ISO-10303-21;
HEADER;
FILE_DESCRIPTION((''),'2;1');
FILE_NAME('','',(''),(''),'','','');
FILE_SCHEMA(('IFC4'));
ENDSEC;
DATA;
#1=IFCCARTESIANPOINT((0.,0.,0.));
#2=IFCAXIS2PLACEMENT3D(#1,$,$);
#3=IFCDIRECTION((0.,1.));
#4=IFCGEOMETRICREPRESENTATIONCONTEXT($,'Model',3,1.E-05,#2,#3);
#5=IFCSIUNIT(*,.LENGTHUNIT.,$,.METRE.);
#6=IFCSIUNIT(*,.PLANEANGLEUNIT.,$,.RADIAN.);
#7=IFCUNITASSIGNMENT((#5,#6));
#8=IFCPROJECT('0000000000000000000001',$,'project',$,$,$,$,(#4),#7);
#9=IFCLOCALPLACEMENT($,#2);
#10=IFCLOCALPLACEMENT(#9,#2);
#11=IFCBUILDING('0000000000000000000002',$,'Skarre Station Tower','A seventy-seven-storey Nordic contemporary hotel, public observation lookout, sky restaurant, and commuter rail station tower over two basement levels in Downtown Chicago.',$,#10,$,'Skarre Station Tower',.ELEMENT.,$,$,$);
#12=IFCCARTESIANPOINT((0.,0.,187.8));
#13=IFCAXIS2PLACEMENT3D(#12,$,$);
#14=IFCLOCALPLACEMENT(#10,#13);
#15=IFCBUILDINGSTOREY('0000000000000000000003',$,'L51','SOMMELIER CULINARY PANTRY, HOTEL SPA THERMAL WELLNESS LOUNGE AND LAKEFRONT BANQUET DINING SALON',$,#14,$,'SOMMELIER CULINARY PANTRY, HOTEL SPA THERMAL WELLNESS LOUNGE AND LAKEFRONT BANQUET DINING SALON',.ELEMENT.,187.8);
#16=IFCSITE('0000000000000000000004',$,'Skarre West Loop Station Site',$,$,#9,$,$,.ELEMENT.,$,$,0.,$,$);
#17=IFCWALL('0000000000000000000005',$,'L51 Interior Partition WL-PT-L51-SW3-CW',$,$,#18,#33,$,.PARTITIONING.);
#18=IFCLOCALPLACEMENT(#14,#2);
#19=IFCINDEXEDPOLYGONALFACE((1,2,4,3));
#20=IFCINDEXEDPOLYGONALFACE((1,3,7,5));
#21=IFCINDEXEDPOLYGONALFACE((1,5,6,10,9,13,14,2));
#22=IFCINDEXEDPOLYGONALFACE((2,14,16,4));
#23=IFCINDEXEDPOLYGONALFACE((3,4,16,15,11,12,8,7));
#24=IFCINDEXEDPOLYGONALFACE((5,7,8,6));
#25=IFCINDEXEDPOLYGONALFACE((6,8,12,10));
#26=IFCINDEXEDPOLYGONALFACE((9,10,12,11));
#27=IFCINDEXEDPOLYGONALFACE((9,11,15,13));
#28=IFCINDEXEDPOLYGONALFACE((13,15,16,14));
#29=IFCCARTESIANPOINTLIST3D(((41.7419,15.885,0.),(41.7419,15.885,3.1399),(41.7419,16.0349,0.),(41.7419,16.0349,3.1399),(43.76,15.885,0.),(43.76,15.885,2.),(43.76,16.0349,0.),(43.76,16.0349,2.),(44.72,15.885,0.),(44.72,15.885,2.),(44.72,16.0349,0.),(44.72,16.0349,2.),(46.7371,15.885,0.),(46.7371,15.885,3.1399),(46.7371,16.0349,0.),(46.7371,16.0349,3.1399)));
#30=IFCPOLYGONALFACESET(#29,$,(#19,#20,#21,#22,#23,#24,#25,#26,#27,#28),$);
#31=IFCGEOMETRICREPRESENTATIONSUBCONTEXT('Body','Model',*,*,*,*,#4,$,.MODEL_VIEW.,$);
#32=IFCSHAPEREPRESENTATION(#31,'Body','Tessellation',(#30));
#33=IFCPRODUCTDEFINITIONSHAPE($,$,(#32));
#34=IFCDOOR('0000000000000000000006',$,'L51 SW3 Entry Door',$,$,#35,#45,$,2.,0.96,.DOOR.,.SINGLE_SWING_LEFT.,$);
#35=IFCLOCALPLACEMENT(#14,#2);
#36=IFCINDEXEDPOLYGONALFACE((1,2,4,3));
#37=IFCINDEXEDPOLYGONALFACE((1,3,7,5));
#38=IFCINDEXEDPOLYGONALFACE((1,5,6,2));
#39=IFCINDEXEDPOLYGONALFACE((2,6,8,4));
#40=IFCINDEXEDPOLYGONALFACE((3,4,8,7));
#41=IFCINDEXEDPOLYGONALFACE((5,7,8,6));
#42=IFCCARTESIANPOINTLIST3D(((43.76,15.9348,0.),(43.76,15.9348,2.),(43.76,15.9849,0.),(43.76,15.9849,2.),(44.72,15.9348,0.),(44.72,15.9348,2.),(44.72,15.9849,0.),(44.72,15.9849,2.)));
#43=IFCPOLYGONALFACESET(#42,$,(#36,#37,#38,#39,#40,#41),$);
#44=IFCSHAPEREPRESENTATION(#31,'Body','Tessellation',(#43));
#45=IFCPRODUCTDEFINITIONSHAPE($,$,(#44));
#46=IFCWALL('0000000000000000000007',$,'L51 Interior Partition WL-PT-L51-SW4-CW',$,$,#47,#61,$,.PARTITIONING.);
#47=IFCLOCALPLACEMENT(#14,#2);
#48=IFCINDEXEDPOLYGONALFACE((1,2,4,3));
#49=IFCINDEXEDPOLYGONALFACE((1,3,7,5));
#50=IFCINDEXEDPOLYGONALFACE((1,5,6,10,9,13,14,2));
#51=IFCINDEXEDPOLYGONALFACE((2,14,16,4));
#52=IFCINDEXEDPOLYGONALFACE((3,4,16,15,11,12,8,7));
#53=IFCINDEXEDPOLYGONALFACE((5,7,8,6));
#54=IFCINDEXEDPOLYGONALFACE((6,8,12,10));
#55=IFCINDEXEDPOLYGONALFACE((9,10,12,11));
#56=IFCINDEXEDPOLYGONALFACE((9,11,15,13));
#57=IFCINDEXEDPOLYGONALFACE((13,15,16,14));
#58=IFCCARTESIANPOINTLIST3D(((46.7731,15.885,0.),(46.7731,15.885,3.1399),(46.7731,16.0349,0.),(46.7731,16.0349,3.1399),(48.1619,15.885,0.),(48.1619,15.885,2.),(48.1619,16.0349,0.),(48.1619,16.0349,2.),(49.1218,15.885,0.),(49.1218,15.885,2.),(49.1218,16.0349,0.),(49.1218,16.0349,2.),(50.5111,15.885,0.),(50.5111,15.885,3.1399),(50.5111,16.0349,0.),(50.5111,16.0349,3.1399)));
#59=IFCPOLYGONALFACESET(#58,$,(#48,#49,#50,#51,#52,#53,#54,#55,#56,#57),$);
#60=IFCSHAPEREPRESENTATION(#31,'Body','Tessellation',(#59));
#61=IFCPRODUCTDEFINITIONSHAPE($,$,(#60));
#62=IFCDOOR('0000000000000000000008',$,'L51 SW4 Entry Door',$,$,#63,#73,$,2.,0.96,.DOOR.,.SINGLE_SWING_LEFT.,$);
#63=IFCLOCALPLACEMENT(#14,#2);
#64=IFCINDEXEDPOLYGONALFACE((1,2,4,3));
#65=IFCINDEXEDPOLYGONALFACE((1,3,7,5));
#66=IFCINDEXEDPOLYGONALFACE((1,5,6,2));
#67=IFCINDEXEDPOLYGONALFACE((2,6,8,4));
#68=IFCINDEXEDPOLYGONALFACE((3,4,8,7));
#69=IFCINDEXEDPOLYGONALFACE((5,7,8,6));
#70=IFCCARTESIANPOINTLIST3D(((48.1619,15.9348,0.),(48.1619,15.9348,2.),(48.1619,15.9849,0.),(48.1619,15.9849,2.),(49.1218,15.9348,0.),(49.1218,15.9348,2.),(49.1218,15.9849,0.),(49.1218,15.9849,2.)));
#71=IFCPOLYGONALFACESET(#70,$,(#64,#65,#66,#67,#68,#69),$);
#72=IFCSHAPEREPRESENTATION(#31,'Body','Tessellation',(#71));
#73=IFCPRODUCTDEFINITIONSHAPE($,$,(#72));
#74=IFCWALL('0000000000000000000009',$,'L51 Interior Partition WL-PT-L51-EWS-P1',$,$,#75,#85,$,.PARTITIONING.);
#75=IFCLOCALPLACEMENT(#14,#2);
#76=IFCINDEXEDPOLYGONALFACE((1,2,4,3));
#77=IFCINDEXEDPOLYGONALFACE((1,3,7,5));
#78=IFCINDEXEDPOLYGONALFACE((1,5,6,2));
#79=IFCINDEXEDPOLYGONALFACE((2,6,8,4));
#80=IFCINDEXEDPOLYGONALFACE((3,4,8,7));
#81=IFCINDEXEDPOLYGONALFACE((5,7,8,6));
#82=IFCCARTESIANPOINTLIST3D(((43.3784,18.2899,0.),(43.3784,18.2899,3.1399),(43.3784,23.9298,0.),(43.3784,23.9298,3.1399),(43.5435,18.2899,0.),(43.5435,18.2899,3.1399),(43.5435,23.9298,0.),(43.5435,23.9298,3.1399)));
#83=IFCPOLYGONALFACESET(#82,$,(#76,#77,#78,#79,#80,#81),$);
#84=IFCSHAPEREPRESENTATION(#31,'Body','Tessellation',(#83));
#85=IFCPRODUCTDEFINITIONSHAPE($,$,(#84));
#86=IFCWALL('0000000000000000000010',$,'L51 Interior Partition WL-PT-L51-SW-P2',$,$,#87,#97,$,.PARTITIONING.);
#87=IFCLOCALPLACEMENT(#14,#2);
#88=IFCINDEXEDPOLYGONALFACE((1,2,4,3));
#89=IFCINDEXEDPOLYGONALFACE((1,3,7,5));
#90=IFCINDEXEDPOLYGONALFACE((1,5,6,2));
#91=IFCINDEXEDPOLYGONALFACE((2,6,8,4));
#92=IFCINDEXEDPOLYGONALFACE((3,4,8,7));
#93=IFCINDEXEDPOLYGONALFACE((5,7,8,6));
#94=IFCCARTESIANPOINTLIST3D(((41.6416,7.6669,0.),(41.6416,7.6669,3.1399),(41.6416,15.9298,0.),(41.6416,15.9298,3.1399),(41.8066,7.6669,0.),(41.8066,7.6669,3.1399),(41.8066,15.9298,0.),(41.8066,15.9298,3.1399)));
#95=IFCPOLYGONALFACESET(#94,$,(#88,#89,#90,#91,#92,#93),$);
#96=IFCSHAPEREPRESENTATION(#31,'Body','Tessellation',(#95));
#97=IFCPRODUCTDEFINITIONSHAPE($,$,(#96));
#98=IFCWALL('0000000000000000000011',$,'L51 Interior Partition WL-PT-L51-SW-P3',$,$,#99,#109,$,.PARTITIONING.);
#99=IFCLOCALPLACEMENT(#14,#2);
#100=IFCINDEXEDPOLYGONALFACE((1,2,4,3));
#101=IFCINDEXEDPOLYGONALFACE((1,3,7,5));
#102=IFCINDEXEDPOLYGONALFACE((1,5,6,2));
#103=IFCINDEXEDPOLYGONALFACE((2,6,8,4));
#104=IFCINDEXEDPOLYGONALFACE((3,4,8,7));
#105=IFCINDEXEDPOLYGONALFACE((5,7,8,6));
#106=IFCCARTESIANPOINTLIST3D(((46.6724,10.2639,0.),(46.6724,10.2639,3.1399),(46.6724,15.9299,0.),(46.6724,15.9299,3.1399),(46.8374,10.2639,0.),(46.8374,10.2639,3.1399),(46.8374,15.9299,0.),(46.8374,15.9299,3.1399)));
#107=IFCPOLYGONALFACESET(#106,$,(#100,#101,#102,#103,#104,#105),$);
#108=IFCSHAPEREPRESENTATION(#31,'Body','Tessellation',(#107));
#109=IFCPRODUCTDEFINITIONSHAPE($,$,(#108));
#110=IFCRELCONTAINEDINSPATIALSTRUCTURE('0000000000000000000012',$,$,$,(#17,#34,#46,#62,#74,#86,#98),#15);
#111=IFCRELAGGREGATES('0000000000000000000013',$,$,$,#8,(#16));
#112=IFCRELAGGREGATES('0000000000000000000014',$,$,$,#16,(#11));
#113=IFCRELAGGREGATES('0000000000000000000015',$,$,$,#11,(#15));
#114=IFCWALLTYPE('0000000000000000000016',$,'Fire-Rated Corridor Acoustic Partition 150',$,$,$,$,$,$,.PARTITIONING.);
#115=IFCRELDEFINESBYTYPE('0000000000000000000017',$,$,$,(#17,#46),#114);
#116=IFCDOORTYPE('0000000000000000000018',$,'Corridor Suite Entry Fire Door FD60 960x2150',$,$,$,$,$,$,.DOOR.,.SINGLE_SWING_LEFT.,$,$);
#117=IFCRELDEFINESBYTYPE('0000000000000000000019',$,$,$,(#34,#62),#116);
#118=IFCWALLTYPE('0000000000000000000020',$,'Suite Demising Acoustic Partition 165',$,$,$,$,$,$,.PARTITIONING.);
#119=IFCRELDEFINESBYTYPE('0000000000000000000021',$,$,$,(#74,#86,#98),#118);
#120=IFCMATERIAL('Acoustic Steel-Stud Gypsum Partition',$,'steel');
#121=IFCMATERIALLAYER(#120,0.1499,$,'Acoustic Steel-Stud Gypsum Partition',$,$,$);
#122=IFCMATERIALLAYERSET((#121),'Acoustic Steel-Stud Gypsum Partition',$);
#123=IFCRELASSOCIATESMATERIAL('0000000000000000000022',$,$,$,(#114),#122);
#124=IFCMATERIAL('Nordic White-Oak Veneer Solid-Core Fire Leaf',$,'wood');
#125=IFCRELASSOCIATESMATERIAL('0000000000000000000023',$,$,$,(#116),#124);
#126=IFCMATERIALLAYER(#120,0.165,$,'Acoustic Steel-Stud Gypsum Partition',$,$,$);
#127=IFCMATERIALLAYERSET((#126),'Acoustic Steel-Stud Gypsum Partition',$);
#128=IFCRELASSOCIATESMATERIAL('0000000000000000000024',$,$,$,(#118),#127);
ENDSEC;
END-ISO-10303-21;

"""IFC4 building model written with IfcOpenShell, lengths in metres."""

from ifc_helpers import new_model, si_unit, direction, frame, frame_2d, origin, place, context, subcontext, project, spatial, rectangle, extrude, material, layer, layer_set, type_object, element, fill, save


model = new_model("IFC4")

# Units and contexts
model_context = context("Model", 3, precision=1e-05, world=origin(), true_north=direction((0.0, 1.0)))
body_context = subcontext(model_context, "Body", "Model", "MODEL_VIEW")
ifc_project = project(units=[si_unit("LENGTHUNIT", "METRE"), si_unit("PLANEANGLEUNIT", "RADIAN")], contexts=[model_context])

# Site, building, storey
site_placement = place(None, origin())
site = spatial("IfcSite", under=ifc_project, at=site_placement, Name="Skarre West Loop Station Site", CompositionType="ELEMENT", RefElevation=0.0)
building_placement = place(site_placement, origin())
building = spatial("IfcBuilding", under=site, at=building_placement, Name="Skarre Station Tower", Description="A seventy-seven-storey Nordic contemporary hotel, public observation lookout, sky restaurant, and commuter rail station tower over two basement levels in Downtown Chicago.", LongName="Skarre Station Tower", CompositionType="ELEMENT")
storey_placement = place(building_placement, frame((0.0, 0.0, 187.8)))
storey = spatial("IfcBuildingStorey", under=building, at=storey_placement, Name="L51", Description="SOMMELIER CULINARY PANTRY, HOTEL SPA THERMAL WELLNESS LOUNGE AND LAKEFRONT BANQUET DINING SALON", LongName="SOMMELIER CULINARY PANTRY, HOTEL SPA THERMAL WELLNESS LOUNGE AND LAKEFRONT BANQUET DINING SALON", CompositionType="ELEMENT", Elevation=187.8)

# Shared definitions
ifc_material_1 = material(Name="Acoustic Steel-Stud Gypsum Partition", Category="steel")
ifc_layer_1 = layer(ifc_material_1, 0.1499, Name="Acoustic Steel-Stud Gypsum Partition")
ifc_layer_set_1 = layer_set([ifc_layer_1], Name="Acoustic Steel-Stud Gypsum Partition")
wall_type_1 = type_object("IfcWallType", Name="Fire-Rated Corridor Acoustic Partition 150", PredefinedType="PARTITIONING", material=ifc_layer_set_1)

# Walls, openings, doors
ifc_material_2 = material(Name="Nordic White-Oak Veneer Solid-Core Fire Leaf", Category="wood")
door_type = type_object("IfcDoorType", Name="Corridor Suite Entry Fire Door FD60 960x2150", OperationType="SINGLE_SWING_LEFT", PredefinedType="DOOR", material=ifc_material_2)
wall_1_placement = place(storey_placement, frame((41.7419, 15.96, 0.0), z_axis=(0.0, 0.0, 1.0), x_axis=(1.0, 0.0, 0.0)))
wall_1 = element("IfcWall", 1, at=wall_1_placement, inside=storey, type_object=wall_type_1, Name="L51 Interior Partition WL-PT-L51-SW3-CW", PredefinedType="PARTITIONING", context=body_context, shape_type="SweptSolid", body=[
    extrude(rectangle(XDim=4.9951, YDim=0.1499, at=frame_2d((2.4976, 0.0))), origin(), (0.0, 0.0, 1.0), 3.1399),
])
opening_1_placement = place(wall_1_placement, frame((2.0181, 0.0, 0.0)))
opening_1 = element("IfcOpeningElement", 2, at=opening_1_placement, cuts=wall_1, PredefinedType="OPENING", context=body_context, shape_type="SweptSolid", body=[
    extrude(rectangle(XDim=0.96, YDim=2.0, at=frame_2d((0.48, 1.0))), frame((0.0, 0.085, 0.0), z_axis=(0.0, -1.0, 0.0), x_axis=(1.0, 0.0, 0.0)), (0.0, 0.0, 1.0), 0.1699),
])
door_1_placement = place(opening_1_placement, origin())
door_1 = element("IfcDoor", 3, at=door_1_placement, inside=storey, type_object=door_type, Name="L51 SW3 Entry Door", OperationType="SINGLE_SWING_LEFT", OverallHeight=2.0, OverallWidth=0.96, PredefinedType="DOOR", context=body_context, shape_type="SweptSolid", body=[
    extrude(rectangle(XDim=0.96, YDim=2.0, at=frame_2d((0.48, 1.0))), frame((0.0, 0.0249, 0.0), z_axis=(0.0, -1.0, 0.0), x_axis=(1.0, 0.0, 0.0)), (0.0, 0.0, 1.0), 0.05),
])
fill(opening_1, door_1)
wall_2_placement = place(storey_placement, frame((46.7729, 15.96, 0.0), z_axis=(0.0, 0.0, 1.0), x_axis=(1.0, 0.0, 0.0)))
wall_2 = element("IfcWall", 4, at=wall_2_placement, inside=storey, type_object=wall_type_1, Name="L51 Interior Partition WL-PT-L51-SW4-CW", PredefinedType="PARTITIONING", context=body_context, shape_type="SweptSolid", body=[
    extrude(rectangle(XDim=3.738, YDim=0.1499, at=frame_2d((1.8691, 0.0))), origin(), (0.0, 0.0, 1.0), 3.1399),
])
opening_2_placement = place(wall_2_placement, frame((1.3889, 0.0, 0.0)))
opening_2 = element("IfcOpeningElement", 5, at=opening_2_placement, cuts=wall_2, PredefinedType="OPENING", context=body_context, shape_type="SweptSolid", body=[
    extrude(rectangle(XDim=0.96, YDim=2.0, at=frame_2d((0.48, 1.0))), frame((0.0, 0.085, 0.0), z_axis=(0.0, -1.0, 0.0), x_axis=(1.0, 0.0, 0.0)), (0.0, 0.0, 1.0), 0.1699),
])
door_2_placement = place(opening_2_placement, origin())
door_2 = element("IfcDoor", 6, at=door_2_placement, inside=storey, type_object=door_type, Name="L51 SW4 Entry Door", OperationType="SINGLE_SWING_LEFT", OverallHeight=2.0, OverallWidth=0.96, PredefinedType="DOOR", context=body_context, shape_type="SweptSolid", body=[
    extrude(rectangle(XDim=0.96, YDim=2.0, at=frame_2d((0.48, 1.0))), frame((0.0, 0.0249, 0.0), z_axis=(0.0, -1.0, 0.0), x_axis=(1.0, 0.0, 0.0)), (0.0, 0.0, 1.0), 0.05),
])
fill(opening_2, door_2)

# Walls
ifc_layer_2 = layer(ifc_material_1, 0.165, Name="Acoustic Steel-Stud Gypsum Partition")
ifc_layer_set_2 = layer_set([ifc_layer_2], Name="Acoustic Steel-Stud Gypsum Partition")
wall_type_2 = type_object("IfcWallType", Name="Suite Demising Acoustic Partition 165", PredefinedType="PARTITIONING", material=ifc_layer_set_2)
wall_3_placement = place(storey_placement, frame((43.4609, 18.29, 0.0), z_axis=(0.0, 0.0, 1.0), x_axis=(0.0, 1.0, 0.0)))
element("IfcWall", 7, at=wall_3_placement, inside=storey, type_object=wall_type_2, Name="L51 Interior Partition WL-PT-L51-EWS-P1", PredefinedType="PARTITIONING", context=body_context, shape_type="SweptSolid", body=[
    extrude(rectangle(XDim=5.6399, YDim=0.165, at=frame_2d((2.8198, 0.0))), origin(), (0.0, 0.0, 1.0), 3.1399),
])
wall_4_placement = place(storey_placement, frame((41.7241, 7.667, 0.0), z_axis=(0.0, 0.0, 1.0), x_axis=(0.0, 1.0, 0.0)))
element("IfcWall", 8, at=wall_4_placement, inside=storey, type_object=wall_type_2, Name="L51 Interior Partition WL-PT-L51-SW-P2", PredefinedType="PARTITIONING", context=body_context, shape_type="SweptSolid", body=[
    extrude(rectangle(XDim=8.2629, YDim=0.165, at=frame_2d((4.1313, 0.0))), origin(), (0.0, 0.0, 1.0), 3.1399),
])
wall_5_placement = place(storey_placement, frame((46.7549, 10.2639, 0.0), z_axis=(0.0, 0.0, 1.0), x_axis=(0.0, 1.0, 0.0)))
element("IfcWall", 9, at=wall_5_placement, inside=storey, type_object=wall_type_2, Name="L51 Interior Partition WL-PT-L51-SW-P3", PredefinedType="PARTITIONING", context=body_context, shape_type="SweptSolid", body=[
    extrude(rectangle(XDim=5.666, YDim=0.165, at=frame_2d((2.833, 0.0))), origin(), (0.0, 0.0, 1.0), 3.1399),
])

save(model, "model.ifc")
